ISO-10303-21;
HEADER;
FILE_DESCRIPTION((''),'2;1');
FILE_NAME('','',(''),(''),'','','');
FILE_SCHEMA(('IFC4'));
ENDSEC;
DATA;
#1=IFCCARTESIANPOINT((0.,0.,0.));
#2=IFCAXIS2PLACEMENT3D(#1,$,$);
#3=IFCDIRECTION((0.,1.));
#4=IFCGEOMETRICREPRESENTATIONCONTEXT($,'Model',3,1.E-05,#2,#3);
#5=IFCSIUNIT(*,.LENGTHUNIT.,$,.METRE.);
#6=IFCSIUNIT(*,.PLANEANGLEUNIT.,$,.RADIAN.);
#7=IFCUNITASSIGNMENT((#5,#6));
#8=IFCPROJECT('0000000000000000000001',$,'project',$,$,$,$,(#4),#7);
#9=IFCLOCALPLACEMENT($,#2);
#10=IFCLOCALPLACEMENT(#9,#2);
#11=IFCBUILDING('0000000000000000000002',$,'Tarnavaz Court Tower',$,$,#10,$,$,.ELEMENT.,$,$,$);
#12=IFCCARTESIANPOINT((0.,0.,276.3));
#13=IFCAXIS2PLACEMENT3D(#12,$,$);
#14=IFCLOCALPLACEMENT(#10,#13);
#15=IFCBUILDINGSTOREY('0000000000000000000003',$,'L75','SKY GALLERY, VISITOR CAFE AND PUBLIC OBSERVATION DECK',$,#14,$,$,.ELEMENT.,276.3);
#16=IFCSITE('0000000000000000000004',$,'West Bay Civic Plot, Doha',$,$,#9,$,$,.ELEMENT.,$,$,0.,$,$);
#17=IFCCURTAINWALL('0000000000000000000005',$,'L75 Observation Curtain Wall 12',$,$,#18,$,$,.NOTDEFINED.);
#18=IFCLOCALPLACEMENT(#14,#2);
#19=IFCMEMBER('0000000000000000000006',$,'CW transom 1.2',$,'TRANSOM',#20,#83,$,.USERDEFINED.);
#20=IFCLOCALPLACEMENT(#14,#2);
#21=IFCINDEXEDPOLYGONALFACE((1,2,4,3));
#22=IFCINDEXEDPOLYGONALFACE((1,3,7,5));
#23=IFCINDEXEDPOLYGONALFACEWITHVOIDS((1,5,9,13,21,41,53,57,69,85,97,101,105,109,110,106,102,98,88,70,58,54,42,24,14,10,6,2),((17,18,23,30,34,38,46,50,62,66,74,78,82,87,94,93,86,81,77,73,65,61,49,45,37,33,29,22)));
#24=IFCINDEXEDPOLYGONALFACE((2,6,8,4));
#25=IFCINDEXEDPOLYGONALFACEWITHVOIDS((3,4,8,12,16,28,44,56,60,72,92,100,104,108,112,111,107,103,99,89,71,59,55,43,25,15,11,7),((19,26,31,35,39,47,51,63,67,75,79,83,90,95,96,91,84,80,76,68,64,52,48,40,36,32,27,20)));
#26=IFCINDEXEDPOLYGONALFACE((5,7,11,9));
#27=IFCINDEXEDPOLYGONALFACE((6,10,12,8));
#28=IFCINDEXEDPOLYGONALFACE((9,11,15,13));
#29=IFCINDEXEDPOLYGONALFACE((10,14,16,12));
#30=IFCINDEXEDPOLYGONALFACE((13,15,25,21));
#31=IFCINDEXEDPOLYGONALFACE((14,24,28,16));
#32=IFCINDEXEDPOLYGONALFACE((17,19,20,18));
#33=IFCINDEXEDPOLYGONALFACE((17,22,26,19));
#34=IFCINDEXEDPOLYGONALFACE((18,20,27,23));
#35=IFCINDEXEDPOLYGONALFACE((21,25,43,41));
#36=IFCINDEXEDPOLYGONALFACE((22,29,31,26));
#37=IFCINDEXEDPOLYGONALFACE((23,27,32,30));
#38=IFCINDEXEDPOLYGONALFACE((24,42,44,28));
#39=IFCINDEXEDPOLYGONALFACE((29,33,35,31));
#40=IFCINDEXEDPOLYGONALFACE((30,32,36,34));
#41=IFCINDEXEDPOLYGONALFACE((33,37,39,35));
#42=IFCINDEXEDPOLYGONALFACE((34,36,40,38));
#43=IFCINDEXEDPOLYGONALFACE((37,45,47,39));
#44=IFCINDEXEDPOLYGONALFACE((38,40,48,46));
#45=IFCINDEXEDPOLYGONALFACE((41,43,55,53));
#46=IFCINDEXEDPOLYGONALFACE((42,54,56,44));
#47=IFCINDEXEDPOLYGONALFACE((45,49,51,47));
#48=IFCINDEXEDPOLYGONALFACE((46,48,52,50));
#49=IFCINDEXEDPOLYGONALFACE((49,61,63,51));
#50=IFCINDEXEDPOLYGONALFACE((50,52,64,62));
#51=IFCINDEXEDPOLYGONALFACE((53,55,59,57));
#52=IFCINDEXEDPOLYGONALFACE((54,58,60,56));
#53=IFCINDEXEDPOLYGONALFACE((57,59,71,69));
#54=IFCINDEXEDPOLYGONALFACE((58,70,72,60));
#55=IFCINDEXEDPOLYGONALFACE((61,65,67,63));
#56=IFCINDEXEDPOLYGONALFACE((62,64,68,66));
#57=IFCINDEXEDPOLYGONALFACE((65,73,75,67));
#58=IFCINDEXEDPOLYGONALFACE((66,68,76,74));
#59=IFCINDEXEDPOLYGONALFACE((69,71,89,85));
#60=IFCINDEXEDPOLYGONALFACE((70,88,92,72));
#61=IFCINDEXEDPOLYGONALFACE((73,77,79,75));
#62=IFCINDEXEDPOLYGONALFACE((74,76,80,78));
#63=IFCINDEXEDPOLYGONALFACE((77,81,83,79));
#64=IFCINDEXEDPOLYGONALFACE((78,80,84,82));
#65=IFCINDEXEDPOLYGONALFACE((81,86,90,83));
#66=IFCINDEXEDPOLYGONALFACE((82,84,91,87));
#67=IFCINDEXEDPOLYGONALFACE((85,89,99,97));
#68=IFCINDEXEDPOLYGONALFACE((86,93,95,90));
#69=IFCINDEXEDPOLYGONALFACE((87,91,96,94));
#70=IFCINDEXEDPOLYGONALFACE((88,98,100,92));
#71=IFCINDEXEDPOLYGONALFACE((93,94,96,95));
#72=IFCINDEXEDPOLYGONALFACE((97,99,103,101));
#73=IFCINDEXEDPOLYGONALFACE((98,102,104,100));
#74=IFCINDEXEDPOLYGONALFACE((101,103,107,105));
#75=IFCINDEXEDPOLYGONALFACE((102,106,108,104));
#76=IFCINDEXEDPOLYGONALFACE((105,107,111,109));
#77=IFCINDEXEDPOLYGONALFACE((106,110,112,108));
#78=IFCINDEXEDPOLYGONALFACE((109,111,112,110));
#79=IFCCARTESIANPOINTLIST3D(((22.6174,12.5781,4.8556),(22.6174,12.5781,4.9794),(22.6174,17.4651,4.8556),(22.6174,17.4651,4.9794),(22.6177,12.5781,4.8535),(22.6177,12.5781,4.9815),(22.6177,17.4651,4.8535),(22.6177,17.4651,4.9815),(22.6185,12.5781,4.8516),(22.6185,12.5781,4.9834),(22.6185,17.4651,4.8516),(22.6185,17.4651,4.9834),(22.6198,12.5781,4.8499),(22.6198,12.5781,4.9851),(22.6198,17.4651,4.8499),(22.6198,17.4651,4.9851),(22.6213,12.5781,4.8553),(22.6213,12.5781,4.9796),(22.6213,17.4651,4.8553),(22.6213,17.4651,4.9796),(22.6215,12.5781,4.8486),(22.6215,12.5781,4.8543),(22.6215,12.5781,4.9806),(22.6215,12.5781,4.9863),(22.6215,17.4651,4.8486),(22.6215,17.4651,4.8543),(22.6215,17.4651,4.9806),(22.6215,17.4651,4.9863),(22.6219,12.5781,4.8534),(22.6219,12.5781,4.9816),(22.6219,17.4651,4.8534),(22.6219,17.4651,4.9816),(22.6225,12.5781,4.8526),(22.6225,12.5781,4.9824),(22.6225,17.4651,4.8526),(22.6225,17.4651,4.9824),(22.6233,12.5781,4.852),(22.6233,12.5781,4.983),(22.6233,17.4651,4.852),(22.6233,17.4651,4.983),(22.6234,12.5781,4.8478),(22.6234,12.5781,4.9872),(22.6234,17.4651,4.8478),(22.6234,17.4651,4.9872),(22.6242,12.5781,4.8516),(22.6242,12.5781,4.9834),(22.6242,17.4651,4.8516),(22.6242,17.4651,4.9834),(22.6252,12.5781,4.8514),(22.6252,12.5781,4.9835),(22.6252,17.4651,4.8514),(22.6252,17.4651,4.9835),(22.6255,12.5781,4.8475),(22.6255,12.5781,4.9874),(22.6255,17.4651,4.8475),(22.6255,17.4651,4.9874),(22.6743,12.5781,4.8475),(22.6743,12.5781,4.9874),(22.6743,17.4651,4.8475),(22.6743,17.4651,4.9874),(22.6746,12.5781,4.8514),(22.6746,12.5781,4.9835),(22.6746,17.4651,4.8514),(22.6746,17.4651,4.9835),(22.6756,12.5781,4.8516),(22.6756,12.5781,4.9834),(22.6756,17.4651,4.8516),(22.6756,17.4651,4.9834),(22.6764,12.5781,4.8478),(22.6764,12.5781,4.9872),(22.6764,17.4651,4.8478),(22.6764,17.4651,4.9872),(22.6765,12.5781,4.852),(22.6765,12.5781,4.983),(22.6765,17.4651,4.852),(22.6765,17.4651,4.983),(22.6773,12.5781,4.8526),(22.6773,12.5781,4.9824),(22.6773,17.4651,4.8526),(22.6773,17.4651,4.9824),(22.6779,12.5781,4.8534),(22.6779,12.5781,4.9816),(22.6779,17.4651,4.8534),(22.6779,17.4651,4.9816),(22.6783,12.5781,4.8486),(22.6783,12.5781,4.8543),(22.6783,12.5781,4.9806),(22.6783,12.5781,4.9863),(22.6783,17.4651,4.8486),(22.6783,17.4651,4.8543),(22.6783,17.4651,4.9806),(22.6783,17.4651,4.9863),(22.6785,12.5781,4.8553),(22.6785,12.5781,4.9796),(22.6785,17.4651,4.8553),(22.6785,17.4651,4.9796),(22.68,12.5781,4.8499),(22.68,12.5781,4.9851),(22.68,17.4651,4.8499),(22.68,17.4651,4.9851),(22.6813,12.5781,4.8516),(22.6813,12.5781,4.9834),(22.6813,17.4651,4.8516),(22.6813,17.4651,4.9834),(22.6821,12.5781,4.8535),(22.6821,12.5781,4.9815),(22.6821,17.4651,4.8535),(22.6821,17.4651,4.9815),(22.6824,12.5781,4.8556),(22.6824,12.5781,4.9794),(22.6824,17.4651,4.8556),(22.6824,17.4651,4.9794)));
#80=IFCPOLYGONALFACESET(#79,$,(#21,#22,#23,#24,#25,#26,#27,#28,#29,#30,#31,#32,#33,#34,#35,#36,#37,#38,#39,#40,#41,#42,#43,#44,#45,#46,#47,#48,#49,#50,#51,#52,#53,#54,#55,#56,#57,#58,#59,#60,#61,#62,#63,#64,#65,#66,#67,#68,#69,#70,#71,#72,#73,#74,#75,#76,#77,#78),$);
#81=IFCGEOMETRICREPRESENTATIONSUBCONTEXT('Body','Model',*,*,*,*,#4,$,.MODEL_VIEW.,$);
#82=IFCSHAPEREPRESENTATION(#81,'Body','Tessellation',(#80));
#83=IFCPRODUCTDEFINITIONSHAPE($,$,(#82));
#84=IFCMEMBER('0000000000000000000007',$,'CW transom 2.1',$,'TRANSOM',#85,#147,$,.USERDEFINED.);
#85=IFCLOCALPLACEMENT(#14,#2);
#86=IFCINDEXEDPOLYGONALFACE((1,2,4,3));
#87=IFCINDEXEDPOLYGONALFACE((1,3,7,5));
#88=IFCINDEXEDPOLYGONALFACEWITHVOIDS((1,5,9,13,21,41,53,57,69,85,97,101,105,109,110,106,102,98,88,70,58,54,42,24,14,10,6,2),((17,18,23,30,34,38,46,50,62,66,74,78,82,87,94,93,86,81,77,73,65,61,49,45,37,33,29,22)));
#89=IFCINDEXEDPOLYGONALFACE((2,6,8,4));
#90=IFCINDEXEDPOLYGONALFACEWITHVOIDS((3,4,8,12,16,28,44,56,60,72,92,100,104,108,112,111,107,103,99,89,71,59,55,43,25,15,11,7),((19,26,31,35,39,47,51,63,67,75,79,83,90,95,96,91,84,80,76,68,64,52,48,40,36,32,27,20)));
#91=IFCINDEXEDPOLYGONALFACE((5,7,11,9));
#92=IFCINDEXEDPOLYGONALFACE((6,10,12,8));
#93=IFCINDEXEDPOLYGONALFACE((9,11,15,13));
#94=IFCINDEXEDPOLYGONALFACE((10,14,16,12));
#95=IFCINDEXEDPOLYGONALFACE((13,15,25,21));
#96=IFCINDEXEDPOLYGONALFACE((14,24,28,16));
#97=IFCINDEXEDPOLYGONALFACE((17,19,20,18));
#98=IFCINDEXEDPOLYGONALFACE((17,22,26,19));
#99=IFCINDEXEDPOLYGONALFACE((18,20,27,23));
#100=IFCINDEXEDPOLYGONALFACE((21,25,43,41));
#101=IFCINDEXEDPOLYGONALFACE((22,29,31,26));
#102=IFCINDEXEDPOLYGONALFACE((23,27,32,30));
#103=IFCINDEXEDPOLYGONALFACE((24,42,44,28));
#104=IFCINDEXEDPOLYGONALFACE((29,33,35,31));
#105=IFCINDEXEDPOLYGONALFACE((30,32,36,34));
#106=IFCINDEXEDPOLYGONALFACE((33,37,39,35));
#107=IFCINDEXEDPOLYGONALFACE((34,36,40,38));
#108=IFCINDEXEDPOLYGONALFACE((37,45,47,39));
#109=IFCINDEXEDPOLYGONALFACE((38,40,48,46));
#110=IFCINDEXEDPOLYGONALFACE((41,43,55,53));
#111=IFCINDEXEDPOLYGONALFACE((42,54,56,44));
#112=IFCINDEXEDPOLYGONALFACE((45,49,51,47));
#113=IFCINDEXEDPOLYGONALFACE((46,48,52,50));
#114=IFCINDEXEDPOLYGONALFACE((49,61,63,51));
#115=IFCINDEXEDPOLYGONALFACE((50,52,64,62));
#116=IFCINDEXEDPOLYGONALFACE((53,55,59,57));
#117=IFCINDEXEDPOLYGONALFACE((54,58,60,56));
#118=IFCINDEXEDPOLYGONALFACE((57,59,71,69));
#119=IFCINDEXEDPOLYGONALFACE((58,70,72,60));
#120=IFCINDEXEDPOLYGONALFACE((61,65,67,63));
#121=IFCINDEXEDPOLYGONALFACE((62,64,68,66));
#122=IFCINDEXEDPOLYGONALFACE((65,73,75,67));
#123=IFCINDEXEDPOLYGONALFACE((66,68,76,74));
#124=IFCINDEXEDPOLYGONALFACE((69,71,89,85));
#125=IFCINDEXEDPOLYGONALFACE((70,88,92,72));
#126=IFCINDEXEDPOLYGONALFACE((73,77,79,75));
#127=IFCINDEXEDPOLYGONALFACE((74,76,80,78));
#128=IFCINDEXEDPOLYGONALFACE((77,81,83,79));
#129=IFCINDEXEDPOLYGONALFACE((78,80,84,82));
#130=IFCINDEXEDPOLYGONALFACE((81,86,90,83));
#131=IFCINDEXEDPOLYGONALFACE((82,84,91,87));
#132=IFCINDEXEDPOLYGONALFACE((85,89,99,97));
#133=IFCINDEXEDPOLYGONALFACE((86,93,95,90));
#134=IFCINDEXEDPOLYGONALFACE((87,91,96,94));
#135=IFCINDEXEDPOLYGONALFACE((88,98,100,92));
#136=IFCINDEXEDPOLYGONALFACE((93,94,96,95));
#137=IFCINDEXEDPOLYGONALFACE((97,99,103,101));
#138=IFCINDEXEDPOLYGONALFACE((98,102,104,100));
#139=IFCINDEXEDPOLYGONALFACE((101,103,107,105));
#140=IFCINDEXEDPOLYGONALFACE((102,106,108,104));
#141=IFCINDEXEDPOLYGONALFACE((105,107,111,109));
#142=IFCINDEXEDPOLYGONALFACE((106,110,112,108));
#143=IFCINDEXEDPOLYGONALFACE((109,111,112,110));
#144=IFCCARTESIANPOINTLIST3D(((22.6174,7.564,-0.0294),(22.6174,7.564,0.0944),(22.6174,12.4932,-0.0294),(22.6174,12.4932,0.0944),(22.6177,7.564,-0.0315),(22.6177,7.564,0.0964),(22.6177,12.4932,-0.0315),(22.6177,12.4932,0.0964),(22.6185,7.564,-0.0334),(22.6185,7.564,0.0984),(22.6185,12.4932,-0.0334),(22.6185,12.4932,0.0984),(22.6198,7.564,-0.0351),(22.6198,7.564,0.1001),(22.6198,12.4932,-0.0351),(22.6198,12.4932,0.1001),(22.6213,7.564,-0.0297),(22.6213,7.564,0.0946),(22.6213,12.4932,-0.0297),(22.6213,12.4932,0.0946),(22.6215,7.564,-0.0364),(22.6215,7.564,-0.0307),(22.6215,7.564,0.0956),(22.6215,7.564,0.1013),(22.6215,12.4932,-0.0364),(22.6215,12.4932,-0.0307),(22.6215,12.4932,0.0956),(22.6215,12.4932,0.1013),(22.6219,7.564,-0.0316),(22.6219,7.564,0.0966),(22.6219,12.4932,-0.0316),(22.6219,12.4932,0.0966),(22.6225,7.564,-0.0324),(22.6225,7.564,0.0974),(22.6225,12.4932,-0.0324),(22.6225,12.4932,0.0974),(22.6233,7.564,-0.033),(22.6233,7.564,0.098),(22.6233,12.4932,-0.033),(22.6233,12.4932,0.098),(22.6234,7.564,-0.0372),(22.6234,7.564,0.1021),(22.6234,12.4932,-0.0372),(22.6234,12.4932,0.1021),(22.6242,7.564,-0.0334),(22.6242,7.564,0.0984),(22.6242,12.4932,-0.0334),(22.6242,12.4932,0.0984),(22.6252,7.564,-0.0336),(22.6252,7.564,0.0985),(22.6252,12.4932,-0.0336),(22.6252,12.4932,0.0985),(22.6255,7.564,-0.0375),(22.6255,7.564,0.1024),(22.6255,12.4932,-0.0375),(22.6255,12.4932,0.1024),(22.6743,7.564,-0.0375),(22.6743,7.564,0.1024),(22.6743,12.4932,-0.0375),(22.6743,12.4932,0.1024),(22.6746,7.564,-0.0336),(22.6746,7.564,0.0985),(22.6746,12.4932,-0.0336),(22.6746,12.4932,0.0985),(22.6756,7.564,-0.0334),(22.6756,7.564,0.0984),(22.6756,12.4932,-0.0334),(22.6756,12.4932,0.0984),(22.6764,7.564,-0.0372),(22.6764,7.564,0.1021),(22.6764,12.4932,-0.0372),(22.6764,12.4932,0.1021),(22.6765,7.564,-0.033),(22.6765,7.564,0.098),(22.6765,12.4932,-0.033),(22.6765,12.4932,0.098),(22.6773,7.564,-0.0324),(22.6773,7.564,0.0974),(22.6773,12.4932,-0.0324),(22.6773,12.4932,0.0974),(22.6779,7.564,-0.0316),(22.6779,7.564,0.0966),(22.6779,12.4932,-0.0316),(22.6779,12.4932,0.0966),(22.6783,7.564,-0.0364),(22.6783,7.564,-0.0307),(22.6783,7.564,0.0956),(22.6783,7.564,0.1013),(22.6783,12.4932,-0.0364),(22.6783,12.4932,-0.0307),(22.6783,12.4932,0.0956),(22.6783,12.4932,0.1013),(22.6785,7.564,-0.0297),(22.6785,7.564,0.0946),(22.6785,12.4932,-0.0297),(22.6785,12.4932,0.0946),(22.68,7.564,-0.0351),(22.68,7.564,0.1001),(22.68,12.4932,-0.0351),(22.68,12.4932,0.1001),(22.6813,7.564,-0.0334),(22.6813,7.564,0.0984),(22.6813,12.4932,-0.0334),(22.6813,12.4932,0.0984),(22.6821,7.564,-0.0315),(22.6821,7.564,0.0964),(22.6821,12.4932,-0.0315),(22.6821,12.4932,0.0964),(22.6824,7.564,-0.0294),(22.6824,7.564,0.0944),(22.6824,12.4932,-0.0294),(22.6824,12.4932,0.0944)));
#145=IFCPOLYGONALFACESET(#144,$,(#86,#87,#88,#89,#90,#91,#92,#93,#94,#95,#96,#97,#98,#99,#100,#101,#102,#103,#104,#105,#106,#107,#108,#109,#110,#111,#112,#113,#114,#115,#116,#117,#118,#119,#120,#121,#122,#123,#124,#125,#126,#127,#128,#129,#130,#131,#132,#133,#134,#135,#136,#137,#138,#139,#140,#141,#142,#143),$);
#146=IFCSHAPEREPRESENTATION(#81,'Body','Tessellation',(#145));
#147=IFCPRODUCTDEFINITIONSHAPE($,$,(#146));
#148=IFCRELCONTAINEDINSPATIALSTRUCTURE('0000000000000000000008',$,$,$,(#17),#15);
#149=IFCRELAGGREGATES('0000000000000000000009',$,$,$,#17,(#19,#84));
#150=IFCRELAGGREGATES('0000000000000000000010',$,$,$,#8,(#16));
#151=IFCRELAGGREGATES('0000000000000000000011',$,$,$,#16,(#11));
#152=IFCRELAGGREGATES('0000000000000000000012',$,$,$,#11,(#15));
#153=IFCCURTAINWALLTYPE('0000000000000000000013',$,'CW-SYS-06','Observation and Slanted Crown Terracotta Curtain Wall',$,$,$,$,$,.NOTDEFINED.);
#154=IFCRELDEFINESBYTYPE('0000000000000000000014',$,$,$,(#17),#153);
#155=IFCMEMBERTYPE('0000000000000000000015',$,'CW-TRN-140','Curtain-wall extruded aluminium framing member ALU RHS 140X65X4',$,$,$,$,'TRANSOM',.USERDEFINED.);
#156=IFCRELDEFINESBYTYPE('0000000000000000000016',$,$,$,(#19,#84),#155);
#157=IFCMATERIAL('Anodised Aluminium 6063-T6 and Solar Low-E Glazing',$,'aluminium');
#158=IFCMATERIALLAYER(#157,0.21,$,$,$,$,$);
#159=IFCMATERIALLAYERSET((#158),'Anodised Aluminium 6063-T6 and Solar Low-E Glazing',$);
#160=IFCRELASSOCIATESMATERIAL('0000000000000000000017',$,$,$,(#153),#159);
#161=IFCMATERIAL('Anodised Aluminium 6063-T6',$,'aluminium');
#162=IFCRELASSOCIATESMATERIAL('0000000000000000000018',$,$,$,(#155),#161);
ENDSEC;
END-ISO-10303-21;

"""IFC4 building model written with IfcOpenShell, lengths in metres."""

from ifc_helpers import new_model, si_unit, direction, frame, origin, origin_2d, place, context, subcontext, project, spatial, hollow_rectangle, extrude, material, layer, layer_set, material_profile, profile_set, type_object, element, aggregate, save


model = new_model("IFC4")

# Units and contexts
model_context = context("Model", 3, precision=1e-05, world=origin(), true_north=direction((0.0, 1.0)))
body_context = subcontext(model_context, "Body", "Model", "MODEL_VIEW")
ifc_project = project(units=[si_unit("LENGTHUNIT", "METRE"), si_unit("PLANEANGLEUNIT", "RADIAN")], contexts=[model_context])

# Site, building, storey
site_placement = place(None, origin())
site = spatial("IfcSite", under=ifc_project, at=site_placement, Name="West Bay Civic Plot, Doha", CompositionType="ELEMENT", RefElevation=0.0)
building_placement = place(site_placement, origin())
building = spatial("IfcBuilding", under=site, at=building_placement, Name="Tarnavaz Court Tower", CompositionType="ELEMENT")
storey_placement = place(building_placement, frame((0.0, 0.0, 276.3)))
storey = spatial("IfcBuildingStorey", under=building, at=storey_placement, Name="L75", Description="SKY GALLERY, VISITOR CAFE AND PUBLIC OBSERVATION DECK", CompositionType="ELEMENT", Elevation=276.3)

# Curtain wall, members
ifc_material_1 = material(Name="Anodised Aluminium 6063-T6 and Solar Low-E Glazing", Category="aluminium")
ifc_layer_1 = layer(ifc_material_1, 0.21)
ifc_layer_set_1 = layer_set([ifc_layer_1], Name="Anodised Aluminium 6063-T6 and Solar Low-E Glazing")
curtain_wall_type = type_object("IfcCurtainWallType", Name="CW-SYS-06", Description="Observation and Slanted Crown Terracotta Curtain Wall", PredefinedType="NOTDEFINED", material=ifc_layer_set_1)
curtain_wall_placement = place(storey_placement, origin())
curtain_wall = element("IfcCurtainWall", 1, at=curtain_wall_placement, inside=storey, type_object=curtain_wall_type, Name="L75 Observation Curtain Wall 12", PredefinedType="NOTDEFINED")
ifc_material_2 = material(Name="Anodised Aluminium 6063-T6", Category="aluminium")
ifc_material_profile_1 = material_profile(ifc_material_2, hollow_rectangle(XDim=0.0649, YDim=0.1399, WallThickness=0.0039, InnerFilletRadius=0.0039, OuterFilletRadius=0.0081, at=origin_2d()), Name="ALU RHS 140X65X4")
ifc_profile_set_1 = profile_set([ifc_material_profile_1], Name="Anodised Aluminium 6063-T6")
member_type_1 = type_object("IfcMemberType", Name="CW-TRN-140", Description="Curtain-wall extruded aluminium framing member ALU RHS 140X65X4", ElementType="TRANSOM", PredefinedType="USERDEFINED", material=ifc_profile_set_1)
member_1_placement = place(storey_placement, frame((22.6499, 17.4651, 4.9175), z_axis=(0.0, -1.0, 0.0), x_axis=(1.0, 0.0, 0.0)))
member_1 = element("IfcMember", 2, at=member_1_placement, type_object=member_type_1, Name="CW transom 1.2", ObjectType="TRANSOM", PredefinedType="USERDEFINED", context=body_context, shape_type="SweptSolid", body=[
    extrude(hollow_rectangle(XDim=0.0649, YDim=0.1399, WallThickness=0.0039, InnerFilletRadius=0.0039, OuterFilletRadius=0.0081, at=origin_2d()), origin(), (0.0, 0.0, 1.0), 4.887),
])
member_2_placement = place(storey_placement, frame((22.6499, 12.4932, 0.0325), z_axis=(0.0, -1.0, 0.0), x_axis=(1.0, 0.0, 0.0)))
member_2 = element("IfcMember", 3, at=member_2_placement, type_object=member_type_1, Name="CW transom 2.1", ObjectType="TRANSOM", PredefinedType="USERDEFINED", context=body_context, shape_type="SweptSolid", body=[
    extrude(hollow_rectangle(XDim=0.0649, YDim=0.1399, WallThickness=0.0039, InnerFilletRadius=0.0039, OuterFilletRadius=0.0081, at=origin_2d()), origin(), (0.0, 0.0, 1.0), 4.9292),
])
aggregate(curtain_wall, [member_1, member_2])

save(model, "model.ifc")
